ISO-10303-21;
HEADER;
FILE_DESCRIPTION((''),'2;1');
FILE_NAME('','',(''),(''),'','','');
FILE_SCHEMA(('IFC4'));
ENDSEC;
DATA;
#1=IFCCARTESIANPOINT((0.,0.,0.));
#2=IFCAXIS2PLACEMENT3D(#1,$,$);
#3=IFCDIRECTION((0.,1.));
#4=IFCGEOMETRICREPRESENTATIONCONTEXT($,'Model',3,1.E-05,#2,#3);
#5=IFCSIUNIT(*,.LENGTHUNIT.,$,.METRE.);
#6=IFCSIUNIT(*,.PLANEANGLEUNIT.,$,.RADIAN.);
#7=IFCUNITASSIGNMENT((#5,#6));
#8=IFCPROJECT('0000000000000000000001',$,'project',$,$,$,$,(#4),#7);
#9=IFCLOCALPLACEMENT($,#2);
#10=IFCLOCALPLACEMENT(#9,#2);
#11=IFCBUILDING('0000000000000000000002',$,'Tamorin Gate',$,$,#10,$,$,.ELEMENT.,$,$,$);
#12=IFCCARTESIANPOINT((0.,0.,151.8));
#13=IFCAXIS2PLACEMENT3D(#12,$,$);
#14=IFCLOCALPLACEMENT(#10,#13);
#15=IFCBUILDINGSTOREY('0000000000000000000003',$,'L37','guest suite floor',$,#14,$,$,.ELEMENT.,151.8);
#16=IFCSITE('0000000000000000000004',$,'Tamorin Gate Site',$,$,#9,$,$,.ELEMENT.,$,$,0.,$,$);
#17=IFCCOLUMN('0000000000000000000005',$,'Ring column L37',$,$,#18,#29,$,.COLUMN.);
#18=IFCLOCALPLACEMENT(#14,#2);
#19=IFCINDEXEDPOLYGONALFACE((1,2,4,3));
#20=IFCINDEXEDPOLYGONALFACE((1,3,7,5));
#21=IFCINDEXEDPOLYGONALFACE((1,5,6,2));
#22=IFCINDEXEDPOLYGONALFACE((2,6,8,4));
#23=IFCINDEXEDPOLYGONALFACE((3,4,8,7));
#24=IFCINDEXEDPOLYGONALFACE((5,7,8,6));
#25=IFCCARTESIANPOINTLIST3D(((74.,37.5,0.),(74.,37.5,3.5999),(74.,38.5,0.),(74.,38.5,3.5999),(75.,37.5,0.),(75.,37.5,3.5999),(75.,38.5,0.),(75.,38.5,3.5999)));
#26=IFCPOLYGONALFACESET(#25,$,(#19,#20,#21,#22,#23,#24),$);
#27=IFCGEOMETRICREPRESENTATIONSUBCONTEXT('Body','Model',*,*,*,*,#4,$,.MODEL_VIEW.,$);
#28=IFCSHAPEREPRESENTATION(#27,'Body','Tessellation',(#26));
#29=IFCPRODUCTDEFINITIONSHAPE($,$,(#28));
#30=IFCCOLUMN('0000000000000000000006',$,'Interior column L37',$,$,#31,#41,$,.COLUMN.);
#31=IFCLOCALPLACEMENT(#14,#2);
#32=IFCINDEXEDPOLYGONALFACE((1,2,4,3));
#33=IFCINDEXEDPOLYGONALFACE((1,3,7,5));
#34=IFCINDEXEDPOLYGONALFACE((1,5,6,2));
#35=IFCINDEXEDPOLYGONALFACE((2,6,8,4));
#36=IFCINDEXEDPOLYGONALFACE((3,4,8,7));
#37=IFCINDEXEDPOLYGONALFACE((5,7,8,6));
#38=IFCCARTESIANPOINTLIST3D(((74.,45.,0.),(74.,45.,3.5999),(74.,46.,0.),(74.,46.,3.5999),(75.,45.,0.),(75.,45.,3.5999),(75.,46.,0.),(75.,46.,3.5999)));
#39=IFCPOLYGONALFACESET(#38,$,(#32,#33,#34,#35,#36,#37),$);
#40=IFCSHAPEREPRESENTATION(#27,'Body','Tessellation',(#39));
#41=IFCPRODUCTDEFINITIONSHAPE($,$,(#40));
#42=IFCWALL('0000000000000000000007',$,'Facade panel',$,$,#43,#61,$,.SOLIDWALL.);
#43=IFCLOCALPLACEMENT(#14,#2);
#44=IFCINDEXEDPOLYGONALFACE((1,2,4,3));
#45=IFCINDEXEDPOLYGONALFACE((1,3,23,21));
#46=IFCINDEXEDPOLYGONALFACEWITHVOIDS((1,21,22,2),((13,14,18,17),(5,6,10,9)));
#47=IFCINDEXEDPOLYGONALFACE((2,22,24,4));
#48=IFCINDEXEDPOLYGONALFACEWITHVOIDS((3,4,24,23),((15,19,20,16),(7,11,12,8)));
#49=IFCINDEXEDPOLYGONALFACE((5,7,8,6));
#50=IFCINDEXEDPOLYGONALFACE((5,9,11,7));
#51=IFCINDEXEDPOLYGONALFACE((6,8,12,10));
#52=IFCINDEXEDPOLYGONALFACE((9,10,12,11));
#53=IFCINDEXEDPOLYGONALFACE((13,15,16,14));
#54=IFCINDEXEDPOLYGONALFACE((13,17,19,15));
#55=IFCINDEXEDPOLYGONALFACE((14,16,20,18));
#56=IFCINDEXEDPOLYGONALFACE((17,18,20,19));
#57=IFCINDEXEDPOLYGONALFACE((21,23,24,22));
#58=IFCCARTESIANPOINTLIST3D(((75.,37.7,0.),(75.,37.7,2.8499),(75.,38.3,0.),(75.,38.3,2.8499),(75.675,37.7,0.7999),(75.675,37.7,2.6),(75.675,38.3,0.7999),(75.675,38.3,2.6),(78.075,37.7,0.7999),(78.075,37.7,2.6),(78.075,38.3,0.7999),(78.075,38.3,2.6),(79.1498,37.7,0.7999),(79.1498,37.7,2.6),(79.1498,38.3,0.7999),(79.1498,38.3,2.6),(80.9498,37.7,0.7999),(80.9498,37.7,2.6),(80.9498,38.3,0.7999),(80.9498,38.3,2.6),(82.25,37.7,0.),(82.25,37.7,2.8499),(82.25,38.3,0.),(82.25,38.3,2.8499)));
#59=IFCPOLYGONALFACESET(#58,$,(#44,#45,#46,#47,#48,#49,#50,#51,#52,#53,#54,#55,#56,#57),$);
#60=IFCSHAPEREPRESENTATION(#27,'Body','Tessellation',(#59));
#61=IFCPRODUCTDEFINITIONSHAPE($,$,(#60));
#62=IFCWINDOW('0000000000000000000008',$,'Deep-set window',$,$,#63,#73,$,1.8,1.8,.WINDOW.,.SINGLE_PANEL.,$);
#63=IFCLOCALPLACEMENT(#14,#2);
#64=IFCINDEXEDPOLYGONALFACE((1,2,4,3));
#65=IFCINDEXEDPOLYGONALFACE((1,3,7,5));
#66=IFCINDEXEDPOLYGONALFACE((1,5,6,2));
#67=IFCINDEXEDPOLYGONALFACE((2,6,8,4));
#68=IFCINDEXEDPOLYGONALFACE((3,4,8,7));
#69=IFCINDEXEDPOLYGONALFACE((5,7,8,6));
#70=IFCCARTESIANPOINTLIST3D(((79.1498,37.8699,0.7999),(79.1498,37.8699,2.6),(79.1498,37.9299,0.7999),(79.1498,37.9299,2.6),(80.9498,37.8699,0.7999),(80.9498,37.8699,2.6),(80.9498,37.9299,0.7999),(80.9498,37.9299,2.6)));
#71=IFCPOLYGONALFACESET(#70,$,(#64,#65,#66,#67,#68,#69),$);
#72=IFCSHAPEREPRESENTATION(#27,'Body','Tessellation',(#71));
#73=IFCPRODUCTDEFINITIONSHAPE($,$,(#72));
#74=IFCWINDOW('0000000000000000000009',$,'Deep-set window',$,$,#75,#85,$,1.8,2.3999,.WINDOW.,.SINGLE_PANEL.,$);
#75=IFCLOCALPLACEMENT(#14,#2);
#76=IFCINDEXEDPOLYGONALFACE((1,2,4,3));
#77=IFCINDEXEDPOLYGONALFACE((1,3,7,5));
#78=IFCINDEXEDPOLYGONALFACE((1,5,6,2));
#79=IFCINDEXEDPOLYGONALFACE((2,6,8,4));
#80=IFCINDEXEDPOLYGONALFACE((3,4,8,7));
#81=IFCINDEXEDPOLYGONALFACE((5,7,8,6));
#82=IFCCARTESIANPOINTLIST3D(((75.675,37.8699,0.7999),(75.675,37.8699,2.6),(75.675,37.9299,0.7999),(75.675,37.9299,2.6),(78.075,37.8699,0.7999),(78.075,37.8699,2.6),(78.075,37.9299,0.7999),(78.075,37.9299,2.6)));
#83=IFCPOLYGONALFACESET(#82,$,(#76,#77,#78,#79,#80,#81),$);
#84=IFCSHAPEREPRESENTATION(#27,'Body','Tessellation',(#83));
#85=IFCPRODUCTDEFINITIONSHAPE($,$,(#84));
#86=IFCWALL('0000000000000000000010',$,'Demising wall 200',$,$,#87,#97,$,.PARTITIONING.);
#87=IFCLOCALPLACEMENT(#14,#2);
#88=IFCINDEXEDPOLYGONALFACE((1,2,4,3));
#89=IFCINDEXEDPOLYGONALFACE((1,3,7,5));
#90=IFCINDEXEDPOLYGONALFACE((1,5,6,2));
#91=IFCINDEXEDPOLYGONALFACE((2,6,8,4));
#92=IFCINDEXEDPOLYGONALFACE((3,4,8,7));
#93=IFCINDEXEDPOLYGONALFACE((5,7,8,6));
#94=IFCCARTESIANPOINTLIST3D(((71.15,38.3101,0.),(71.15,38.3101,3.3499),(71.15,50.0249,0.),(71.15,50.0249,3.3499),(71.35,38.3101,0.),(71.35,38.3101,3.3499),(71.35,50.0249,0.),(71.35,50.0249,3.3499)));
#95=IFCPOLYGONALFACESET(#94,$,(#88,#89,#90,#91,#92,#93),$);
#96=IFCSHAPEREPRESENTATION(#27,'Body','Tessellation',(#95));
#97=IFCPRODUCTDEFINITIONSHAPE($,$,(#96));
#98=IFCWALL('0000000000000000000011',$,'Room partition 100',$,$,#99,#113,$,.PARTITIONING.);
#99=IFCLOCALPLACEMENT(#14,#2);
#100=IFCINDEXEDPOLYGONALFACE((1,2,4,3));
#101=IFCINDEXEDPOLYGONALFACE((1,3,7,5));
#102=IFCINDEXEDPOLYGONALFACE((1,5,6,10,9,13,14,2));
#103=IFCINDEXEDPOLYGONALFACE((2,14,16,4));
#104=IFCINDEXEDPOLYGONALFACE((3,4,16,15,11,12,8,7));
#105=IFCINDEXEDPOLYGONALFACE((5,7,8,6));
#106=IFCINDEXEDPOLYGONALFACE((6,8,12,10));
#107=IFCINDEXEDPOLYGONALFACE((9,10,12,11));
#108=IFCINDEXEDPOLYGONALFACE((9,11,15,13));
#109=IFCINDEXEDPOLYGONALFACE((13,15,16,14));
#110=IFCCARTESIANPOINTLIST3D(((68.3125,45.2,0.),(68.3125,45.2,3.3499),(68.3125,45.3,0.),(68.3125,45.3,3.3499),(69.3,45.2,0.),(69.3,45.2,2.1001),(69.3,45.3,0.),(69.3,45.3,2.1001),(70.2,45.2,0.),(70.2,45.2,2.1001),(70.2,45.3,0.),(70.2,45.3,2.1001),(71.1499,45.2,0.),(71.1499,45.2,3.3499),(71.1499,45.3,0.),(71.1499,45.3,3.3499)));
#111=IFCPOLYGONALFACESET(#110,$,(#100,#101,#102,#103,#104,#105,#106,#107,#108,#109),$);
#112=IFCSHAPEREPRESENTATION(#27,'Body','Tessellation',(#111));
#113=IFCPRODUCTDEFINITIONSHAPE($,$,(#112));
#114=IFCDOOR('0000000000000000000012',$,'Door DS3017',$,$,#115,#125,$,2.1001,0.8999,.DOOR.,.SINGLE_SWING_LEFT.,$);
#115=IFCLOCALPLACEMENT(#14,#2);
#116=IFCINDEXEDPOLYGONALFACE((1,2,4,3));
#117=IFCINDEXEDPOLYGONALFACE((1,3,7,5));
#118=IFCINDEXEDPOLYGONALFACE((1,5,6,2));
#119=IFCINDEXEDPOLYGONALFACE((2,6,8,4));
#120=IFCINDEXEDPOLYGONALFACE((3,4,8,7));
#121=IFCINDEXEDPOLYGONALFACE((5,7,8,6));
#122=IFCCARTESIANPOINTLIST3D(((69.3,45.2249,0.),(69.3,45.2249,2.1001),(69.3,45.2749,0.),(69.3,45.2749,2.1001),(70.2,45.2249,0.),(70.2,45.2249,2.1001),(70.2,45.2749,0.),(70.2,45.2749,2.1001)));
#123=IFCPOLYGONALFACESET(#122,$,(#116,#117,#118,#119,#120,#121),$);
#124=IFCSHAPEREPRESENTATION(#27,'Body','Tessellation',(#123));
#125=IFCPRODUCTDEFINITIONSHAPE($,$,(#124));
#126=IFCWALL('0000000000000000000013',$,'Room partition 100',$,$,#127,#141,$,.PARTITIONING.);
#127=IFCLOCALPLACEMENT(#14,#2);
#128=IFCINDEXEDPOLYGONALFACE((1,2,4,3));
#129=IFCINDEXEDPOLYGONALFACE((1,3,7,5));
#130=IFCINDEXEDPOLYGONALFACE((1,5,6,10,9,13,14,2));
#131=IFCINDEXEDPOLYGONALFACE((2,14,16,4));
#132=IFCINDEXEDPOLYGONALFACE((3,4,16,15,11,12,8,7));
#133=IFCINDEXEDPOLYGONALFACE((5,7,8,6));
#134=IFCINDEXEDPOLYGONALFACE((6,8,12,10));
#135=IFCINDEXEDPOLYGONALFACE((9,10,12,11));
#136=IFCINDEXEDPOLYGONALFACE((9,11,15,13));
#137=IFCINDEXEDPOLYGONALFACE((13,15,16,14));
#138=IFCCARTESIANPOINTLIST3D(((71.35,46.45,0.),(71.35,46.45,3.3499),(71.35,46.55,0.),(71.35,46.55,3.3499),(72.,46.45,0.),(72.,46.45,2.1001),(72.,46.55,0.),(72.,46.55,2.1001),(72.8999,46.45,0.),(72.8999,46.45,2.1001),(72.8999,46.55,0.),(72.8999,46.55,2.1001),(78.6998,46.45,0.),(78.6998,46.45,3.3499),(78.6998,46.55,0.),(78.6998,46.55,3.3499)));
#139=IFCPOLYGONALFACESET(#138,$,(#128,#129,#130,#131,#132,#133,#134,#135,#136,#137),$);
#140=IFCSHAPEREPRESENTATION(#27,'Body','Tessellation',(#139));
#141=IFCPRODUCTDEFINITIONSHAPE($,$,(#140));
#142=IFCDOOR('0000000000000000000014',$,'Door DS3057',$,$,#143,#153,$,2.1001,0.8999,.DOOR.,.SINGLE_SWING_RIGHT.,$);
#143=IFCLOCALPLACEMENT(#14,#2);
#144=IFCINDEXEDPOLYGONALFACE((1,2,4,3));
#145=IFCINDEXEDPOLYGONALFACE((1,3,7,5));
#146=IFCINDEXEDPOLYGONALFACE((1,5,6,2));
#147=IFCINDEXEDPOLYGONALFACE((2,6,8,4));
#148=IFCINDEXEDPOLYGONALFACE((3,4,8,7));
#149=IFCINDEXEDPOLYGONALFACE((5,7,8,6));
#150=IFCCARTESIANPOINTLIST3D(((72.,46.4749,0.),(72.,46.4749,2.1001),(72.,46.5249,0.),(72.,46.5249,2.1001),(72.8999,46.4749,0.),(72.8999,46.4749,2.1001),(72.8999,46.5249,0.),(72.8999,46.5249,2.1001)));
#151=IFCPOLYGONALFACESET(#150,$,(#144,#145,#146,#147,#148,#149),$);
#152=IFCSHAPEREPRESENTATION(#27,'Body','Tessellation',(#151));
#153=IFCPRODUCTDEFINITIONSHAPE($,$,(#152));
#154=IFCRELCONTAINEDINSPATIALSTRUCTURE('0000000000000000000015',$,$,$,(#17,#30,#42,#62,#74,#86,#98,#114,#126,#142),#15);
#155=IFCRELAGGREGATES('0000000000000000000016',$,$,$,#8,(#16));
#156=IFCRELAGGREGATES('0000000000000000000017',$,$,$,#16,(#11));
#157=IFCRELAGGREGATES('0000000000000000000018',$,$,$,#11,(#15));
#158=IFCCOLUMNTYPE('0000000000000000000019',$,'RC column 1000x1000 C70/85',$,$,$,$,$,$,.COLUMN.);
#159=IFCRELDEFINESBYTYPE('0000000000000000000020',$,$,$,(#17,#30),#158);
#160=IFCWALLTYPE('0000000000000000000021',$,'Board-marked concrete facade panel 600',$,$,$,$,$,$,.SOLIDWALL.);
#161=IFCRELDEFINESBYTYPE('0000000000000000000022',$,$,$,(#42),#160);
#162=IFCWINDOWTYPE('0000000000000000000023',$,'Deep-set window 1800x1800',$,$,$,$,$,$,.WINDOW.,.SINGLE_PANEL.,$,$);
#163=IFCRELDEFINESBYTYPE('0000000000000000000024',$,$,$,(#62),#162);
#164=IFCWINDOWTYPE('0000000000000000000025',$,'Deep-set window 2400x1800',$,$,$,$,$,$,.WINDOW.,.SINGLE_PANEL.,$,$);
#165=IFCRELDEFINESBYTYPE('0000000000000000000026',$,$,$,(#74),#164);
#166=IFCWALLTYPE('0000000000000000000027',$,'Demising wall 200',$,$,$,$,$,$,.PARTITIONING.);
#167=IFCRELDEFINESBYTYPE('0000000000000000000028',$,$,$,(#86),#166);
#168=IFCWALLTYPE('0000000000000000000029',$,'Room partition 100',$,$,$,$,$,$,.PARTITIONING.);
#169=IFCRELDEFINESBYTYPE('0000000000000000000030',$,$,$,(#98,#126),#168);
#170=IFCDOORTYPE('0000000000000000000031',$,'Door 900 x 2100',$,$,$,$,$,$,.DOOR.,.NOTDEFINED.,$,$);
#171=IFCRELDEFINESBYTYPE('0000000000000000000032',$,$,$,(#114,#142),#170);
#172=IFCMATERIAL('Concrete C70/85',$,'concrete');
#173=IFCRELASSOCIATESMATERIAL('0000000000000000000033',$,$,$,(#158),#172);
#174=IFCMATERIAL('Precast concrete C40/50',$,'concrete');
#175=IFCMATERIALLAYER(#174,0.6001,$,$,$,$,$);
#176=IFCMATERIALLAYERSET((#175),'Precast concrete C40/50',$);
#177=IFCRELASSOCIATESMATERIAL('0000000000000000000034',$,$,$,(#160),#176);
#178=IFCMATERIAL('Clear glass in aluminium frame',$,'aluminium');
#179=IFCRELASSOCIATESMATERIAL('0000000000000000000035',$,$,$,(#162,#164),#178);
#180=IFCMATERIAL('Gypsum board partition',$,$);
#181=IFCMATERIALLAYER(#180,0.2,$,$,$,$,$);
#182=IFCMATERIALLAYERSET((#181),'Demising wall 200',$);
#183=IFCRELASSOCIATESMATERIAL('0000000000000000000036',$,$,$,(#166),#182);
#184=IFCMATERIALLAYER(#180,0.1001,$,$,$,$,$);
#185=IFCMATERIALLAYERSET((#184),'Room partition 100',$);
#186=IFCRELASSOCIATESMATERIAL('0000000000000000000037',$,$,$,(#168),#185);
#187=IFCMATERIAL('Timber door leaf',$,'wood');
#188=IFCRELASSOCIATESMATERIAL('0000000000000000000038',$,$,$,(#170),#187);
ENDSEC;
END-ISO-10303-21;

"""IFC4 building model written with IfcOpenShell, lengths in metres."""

from ifc_helpers import new_model, si_unit, direction, frame, frame_2d, origin, origin_2d, place, context, subcontext, project, spatial, rectangle, extrude, material, layer, layer_set, material_profile, profile_set, type_object, element, fill, save


model = new_model("IFC4")

# Units and contexts
model_context = context("Model", 3, precision=1e-05, world=origin(), true_north=direction((0.0, 1.0)))
body_context = subcontext(model_context, "Body", "Model", "MODEL_VIEW")
ifc_project = project(units=[si_unit("LENGTHUNIT", "METRE"), si_unit("PLANEANGLEUNIT", "RADIAN")], contexts=[model_context])

# Site, building, storey
site_placement = place(None, origin())
site = spatial("IfcSite", under=ifc_project, at=site_placement, Name="Tamorin Gate Site", CompositionType="ELEMENT", RefElevation=0.0)
building_placement = place(site_placement, origin())
building = spatial("IfcBuilding", under=site, at=building_placement, Name="Tamorin Gate", CompositionType="ELEMENT")
storey_placement = place(building_placement, frame((0.0, 0.0, 151.8)))
storey = spatial("IfcBuildingStorey", under=building, at=storey_placement, Name="L37", Description="guest suite floor", CompositionType="ELEMENT", Elevation=151.8)

# Columns
ifc_material_1 = material(Name="Concrete C70/85", Category="concrete")
ifc_material_profile = material_profile(ifc_material_1, rectangle(XDim=1.0, YDim=1.0, at=origin_2d()), Name="RC 1000x1000")
ifc_profile_set = profile_set([ifc_material_profile], Name="Concrete C70/85")
column_type = type_object("IfcColumnType", Name="RC column 1000x1000 C70/85", PredefinedType="COLUMN", material=ifc_profile_set)
for number, where, z_axis, x_axis, name in (
    (1, (74.5, 38.0, 0.0), (0.0, 0.0, 1.0), (1.0, 0.0, 0.0), "Ring column L37"),
    (2, (74.5, 45.5, 0.0), (0.0, 0.0, 1.0), (1.0, 0.0, 0.0), "Interior column L37"),
):
    element("IfcColumn", number, at=place(storey_placement, frame(where, z_axis=z_axis, x_axis=x_axis)), inside=storey, type_object=column_type, Name=name, PredefinedType="COLUMN", context=body_context, shape_type="SweptSolid", body=[
        extrude(rectangle(XDim=1.0, YDim=1.0, at=origin_2d()), origin(), (0.0, 0.0, 1.0), 3.5999),
    ])

# Wall, openings, windows
ifc_material_2 = material(Name="Precast concrete C40/50", Category="concrete")
ifc_layer_1 = layer(ifc_material_2, 0.6001)
ifc_layer_set_1 = layer_set([ifc_layer_1], Name="Precast concrete C40/50")
wall_type_1 = type_object("IfcWallType", Name="Board-marked concrete facade panel 600", PredefinedType="SOLIDWALL", material=ifc_layer_set_1)
wall_1_placement = place(storey_placement, frame((75.0, 38.0, 0.0), z_axis=(0.0, 0.0, 1.0), x_axis=(1.0, 0.0, 0.0)))
wall_1 = element("IfcWall", 3, at=wall_1_placement, inside=storey, type_object=wall_type_1, Name="Facade panel", PredefinedType="SOLIDWALL", context=body_context, shape_type="SweptSolid", body=[
    extrude(rectangle(XDim=7.25, YDim=0.6001, at=frame_2d((3.625, 0.0))), origin(), (0.0, 0.0, 1.0), 2.8499),
])
opening_1_placement = place(wall_1_placement, frame((0.675, 0.0, 0.8)))
opening_1 = element("IfcOpeningElement", 4, at=opening_1_placement, cuts=wall_1, PredefinedType="OPENING", context=body_context, shape_type="SweptSolid", body=[
    extrude(rectangle(XDim=2.3999, YDim=1.8, at=frame_2d((1.2, 0.8999))), frame((0.0, 0.3101, 0.0), z_axis=(0.0, -1.0, 0.0), x_axis=(1.0, 0.0, 0.0)), (0.0, 0.0, 1.0), 0.6201),
])
opening_2_placement = place(wall_1_placement, frame((4.1499, 0.0, 0.8)))
opening_2 = element("IfcOpeningElement", 5, at=opening_2_placement, cuts=wall_1, PredefinedType="OPENING", context=body_context, shape_type="SweptSolid", body=[
    extrude(rectangle(XDim=1.8, YDim=1.8, at=frame_2d((0.8999, 0.8999))), frame((0.0, 0.3101, 0.0), z_axis=(0.0, -1.0, 0.0), x_axis=(1.0, 0.0, 0.0)), (0.0, 0.0, 1.0), 0.6201),
])
ifc_material_3 = material(Name="Clear glass in aluminium frame", Category="aluminium")
window_type_1 = type_object("IfcWindowType", Name="Deep-set window 1800x1800", PartitioningType="SINGLE_PANEL", PredefinedType="WINDOW", material=ifc_material_3)
window_1_placement = place(opening_2_placement, origin())
window_1 = element("IfcWindow", 6, at=window_1_placement, inside=storey, type_object=window_type_1, Name="Deep-set window", OverallHeight=1.8, OverallWidth=1.8, PartitioningType="SINGLE_PANEL", PredefinedType="WINDOW", context=body_context, shape_type="SweptSolid", body=[
    extrude(rectangle(XDim=1.8, YDim=1.8, at=frame_2d((0.8999, 0.8999))), frame((0.0, -0.0701, 0.0), z_axis=(0.0, -1.0, 0.0), x_axis=(1.0, 0.0, 0.0)), (0.0, 0.0, 1.0), 0.0601),
])
fill(opening_2, window_1)
window_type_2 = type_object("IfcWindowType", Name="Deep-set window 2400x1800", PartitioningType="SINGLE_PANEL", PredefinedType="WINDOW", material=ifc_material_3)
window_2_placement = place(opening_1_placement, origin())
window_2 = element("IfcWindow", 7, at=window_2_placement, inside=storey, type_object=window_type_2, Name="Deep-set window", OverallHeight=1.8, OverallWidth=2.3999, PartitioningType="SINGLE_PANEL", PredefinedType="WINDOW", context=body_context, shape_type="SweptSolid", body=[
    extrude(rectangle(XDim=2.3999, YDim=1.8, at=frame_2d((1.2, 0.8999))), frame((0.0, -0.0701, 0.0), z_axis=(0.0, -1.0, 0.0), x_axis=(1.0, 0.0, 0.0)), (0.0, 0.0, 1.0), 0.0601),
])
fill(opening_1, window_2)

# Wall
ifc_material_4 = material(Name="Gypsum board partition")
ifc_layer_2 = layer(ifc_material_4, 0.2)
ifc_layer_set_2 = layer_set([ifc_layer_2], Name="Demising wall 200")
wall_type_2 = type_object("IfcWallType", Name="Demising wall 200", PredefinedType="PARTITIONING", material=ifc_layer_set_2)
wall_2_placement = place(storey_placement, frame((71.25, 38.3101, 0.0), z_axis=(0.0, 0.0, 1.0), x_axis=(0.0, 1.0, 0.0)))
element("IfcWall", 8, at=wall_2_placement, inside=storey, type_object=wall_type_2, Name="Demising wall 200", PredefinedType="PARTITIONING", context=body_context, shape_type="SweptSolid", body=[
    extrude(rectangle(XDim=11.7148, YDim=0.2, at=frame_2d((5.8574, 0.0))), origin(), (0.0, 0.0, 1.0), 3.3499),
])

# Walls, openings, doors
ifc_layer_3 = layer(ifc_material_4, 0.1001)
ifc_layer_set_3 = layer_set([ifc_layer_3], Name="Room partition 100")
wall_type_3 = type_object("IfcWallType", Name="Room partition 100", PredefinedType="PARTITIONING", material=ifc_layer_set_3)
wall_3_placement = place(storey_placement, frame((68.3125, 45.25, 0.0), z_axis=(0.0, 0.0, 1.0), x_axis=(1.0, 0.0, 0.0)))
wall_3 = element("IfcWall", 9, at=wall_3_placement, inside=storey, type_object=wall_type_3, Name="Room partition 100", PredefinedType="PARTITIONING", context=body_context, shape_type="SweptSolid", body=[
    extrude(rectangle(XDim=2.8374, YDim=0.1001, at=frame_2d((1.4187, 0.0))), origin(), (0.0, 0.0, 1.0), 3.3499),
])
opening_3_placement = place(wall_3_placement, frame((0.9875, 0.0, 0.0)))
opening_3 = element("IfcOpeningElement", 10, at=opening_3_placement, cuts=wall_3, PredefinedType="OPENING", context=body_context, shape_type="SweptSolid", body=[
    extrude(rectangle(XDim=0.8999, YDim=2.1001, at=frame_2d((0.45, 1.05))), frame((0.0, 0.0601, 0.0), z_axis=(0.0, -1.0, 0.0), x_axis=(1.0, 0.0, 0.0)), (0.0, 0.0, 1.0), 0.1201),
])
ifc_material_5 = material(Name="Timber door leaf", Category="wood")
door_type = type_object("IfcDoorType", Name="Door 900 x 2100", OperationType="NOTDEFINED", PredefinedType="DOOR", material=ifc_material_5)
door_1_placement = place(opening_3_placement, origin())
door_1 = element("IfcDoor", 11, at=door_1_placement, inside=storey, type_object=door_type, Name="Door DS3017", OperationType="SINGLE_SWING_LEFT", OverallHeight=2.1001, OverallWidth=0.8999, PredefinedType="DOOR", context=body_context, shape_type="SweptSolid", body=[
    extrude(rectangle(XDim=0.8999, YDim=2.1001, at=frame_2d((0.45, 1.05))), frame((0.0, 0.0249, 0.0), z_axis=(0.0, -1.0, 0.0), x_axis=(1.0, 0.0, 0.0)), (0.0, 0.0, 1.0), 0.05),
])
fill(opening_3, door_1)
wall_4_placement = place(storey_placement, frame((71.3501, 46.5, 0.0), z_axis=(0.0, 0.0, 1.0), x_axis=(1.0, 0.0, 0.0)))
wall_4 = element("IfcWall", 12, at=wall_4_placement, inside=storey, type_object=wall_type_3, Name="Room partition 100", PredefinedType="PARTITIONING", context=body_context, shape_type="SweptSolid", body=[
    extrude(rectangle(XDim=7.3499, YDim=0.1001, at=frame_2d((3.6748, 0.0))), origin(), (0.0, 0.0, 1.0), 3.3499),
])
opening_4_placement = place(wall_4_placement, frame((0.6499, 0.0, 0.0)))
opening_4 = element("IfcOpeningElement", 13, at=opening_4_placement, cuts=wall_4, PredefinedType="OPENING", context=body_context, shape_type="SweptSolid", body=[
    extrude(rectangle(XDim=0.8999, YDim=2.1001, at=frame_2d((0.45, 1.05))), frame((0.0, 0.0601, 0.0), z_axis=(0.0, -1.0, 0.0), x_axis=(1.0, 0.0, 0.0)), (0.0, 0.0, 1.0), 0.1201),
])
door_2_placement = place(opening_4_placement, origin())
door_2 = element("IfcDoor", 14, at=door_2_placement, inside=storey, type_object=door_type, Name="Door DS3057", OperationType="SINGLE_SWING_RIGHT", OverallHeight=2.1001, OverallWidth=0.8999, PredefinedType="DOOR", context=body_context, shape_type="SweptSolid", body=[
    extrude(rectangle(XDim=0.8999, YDim=2.1001, at=frame_2d((0.45, 1.05))), frame((0.0, 0.0249, 0.0), z_axis=(0.0, -1.0, 0.0), x_axis=(1.0, 0.0, 0.0)), (0.0, 0.0, 1.0), 0.05),
])
fill(opening_4, door_2)

save(model, "model.ifc")
